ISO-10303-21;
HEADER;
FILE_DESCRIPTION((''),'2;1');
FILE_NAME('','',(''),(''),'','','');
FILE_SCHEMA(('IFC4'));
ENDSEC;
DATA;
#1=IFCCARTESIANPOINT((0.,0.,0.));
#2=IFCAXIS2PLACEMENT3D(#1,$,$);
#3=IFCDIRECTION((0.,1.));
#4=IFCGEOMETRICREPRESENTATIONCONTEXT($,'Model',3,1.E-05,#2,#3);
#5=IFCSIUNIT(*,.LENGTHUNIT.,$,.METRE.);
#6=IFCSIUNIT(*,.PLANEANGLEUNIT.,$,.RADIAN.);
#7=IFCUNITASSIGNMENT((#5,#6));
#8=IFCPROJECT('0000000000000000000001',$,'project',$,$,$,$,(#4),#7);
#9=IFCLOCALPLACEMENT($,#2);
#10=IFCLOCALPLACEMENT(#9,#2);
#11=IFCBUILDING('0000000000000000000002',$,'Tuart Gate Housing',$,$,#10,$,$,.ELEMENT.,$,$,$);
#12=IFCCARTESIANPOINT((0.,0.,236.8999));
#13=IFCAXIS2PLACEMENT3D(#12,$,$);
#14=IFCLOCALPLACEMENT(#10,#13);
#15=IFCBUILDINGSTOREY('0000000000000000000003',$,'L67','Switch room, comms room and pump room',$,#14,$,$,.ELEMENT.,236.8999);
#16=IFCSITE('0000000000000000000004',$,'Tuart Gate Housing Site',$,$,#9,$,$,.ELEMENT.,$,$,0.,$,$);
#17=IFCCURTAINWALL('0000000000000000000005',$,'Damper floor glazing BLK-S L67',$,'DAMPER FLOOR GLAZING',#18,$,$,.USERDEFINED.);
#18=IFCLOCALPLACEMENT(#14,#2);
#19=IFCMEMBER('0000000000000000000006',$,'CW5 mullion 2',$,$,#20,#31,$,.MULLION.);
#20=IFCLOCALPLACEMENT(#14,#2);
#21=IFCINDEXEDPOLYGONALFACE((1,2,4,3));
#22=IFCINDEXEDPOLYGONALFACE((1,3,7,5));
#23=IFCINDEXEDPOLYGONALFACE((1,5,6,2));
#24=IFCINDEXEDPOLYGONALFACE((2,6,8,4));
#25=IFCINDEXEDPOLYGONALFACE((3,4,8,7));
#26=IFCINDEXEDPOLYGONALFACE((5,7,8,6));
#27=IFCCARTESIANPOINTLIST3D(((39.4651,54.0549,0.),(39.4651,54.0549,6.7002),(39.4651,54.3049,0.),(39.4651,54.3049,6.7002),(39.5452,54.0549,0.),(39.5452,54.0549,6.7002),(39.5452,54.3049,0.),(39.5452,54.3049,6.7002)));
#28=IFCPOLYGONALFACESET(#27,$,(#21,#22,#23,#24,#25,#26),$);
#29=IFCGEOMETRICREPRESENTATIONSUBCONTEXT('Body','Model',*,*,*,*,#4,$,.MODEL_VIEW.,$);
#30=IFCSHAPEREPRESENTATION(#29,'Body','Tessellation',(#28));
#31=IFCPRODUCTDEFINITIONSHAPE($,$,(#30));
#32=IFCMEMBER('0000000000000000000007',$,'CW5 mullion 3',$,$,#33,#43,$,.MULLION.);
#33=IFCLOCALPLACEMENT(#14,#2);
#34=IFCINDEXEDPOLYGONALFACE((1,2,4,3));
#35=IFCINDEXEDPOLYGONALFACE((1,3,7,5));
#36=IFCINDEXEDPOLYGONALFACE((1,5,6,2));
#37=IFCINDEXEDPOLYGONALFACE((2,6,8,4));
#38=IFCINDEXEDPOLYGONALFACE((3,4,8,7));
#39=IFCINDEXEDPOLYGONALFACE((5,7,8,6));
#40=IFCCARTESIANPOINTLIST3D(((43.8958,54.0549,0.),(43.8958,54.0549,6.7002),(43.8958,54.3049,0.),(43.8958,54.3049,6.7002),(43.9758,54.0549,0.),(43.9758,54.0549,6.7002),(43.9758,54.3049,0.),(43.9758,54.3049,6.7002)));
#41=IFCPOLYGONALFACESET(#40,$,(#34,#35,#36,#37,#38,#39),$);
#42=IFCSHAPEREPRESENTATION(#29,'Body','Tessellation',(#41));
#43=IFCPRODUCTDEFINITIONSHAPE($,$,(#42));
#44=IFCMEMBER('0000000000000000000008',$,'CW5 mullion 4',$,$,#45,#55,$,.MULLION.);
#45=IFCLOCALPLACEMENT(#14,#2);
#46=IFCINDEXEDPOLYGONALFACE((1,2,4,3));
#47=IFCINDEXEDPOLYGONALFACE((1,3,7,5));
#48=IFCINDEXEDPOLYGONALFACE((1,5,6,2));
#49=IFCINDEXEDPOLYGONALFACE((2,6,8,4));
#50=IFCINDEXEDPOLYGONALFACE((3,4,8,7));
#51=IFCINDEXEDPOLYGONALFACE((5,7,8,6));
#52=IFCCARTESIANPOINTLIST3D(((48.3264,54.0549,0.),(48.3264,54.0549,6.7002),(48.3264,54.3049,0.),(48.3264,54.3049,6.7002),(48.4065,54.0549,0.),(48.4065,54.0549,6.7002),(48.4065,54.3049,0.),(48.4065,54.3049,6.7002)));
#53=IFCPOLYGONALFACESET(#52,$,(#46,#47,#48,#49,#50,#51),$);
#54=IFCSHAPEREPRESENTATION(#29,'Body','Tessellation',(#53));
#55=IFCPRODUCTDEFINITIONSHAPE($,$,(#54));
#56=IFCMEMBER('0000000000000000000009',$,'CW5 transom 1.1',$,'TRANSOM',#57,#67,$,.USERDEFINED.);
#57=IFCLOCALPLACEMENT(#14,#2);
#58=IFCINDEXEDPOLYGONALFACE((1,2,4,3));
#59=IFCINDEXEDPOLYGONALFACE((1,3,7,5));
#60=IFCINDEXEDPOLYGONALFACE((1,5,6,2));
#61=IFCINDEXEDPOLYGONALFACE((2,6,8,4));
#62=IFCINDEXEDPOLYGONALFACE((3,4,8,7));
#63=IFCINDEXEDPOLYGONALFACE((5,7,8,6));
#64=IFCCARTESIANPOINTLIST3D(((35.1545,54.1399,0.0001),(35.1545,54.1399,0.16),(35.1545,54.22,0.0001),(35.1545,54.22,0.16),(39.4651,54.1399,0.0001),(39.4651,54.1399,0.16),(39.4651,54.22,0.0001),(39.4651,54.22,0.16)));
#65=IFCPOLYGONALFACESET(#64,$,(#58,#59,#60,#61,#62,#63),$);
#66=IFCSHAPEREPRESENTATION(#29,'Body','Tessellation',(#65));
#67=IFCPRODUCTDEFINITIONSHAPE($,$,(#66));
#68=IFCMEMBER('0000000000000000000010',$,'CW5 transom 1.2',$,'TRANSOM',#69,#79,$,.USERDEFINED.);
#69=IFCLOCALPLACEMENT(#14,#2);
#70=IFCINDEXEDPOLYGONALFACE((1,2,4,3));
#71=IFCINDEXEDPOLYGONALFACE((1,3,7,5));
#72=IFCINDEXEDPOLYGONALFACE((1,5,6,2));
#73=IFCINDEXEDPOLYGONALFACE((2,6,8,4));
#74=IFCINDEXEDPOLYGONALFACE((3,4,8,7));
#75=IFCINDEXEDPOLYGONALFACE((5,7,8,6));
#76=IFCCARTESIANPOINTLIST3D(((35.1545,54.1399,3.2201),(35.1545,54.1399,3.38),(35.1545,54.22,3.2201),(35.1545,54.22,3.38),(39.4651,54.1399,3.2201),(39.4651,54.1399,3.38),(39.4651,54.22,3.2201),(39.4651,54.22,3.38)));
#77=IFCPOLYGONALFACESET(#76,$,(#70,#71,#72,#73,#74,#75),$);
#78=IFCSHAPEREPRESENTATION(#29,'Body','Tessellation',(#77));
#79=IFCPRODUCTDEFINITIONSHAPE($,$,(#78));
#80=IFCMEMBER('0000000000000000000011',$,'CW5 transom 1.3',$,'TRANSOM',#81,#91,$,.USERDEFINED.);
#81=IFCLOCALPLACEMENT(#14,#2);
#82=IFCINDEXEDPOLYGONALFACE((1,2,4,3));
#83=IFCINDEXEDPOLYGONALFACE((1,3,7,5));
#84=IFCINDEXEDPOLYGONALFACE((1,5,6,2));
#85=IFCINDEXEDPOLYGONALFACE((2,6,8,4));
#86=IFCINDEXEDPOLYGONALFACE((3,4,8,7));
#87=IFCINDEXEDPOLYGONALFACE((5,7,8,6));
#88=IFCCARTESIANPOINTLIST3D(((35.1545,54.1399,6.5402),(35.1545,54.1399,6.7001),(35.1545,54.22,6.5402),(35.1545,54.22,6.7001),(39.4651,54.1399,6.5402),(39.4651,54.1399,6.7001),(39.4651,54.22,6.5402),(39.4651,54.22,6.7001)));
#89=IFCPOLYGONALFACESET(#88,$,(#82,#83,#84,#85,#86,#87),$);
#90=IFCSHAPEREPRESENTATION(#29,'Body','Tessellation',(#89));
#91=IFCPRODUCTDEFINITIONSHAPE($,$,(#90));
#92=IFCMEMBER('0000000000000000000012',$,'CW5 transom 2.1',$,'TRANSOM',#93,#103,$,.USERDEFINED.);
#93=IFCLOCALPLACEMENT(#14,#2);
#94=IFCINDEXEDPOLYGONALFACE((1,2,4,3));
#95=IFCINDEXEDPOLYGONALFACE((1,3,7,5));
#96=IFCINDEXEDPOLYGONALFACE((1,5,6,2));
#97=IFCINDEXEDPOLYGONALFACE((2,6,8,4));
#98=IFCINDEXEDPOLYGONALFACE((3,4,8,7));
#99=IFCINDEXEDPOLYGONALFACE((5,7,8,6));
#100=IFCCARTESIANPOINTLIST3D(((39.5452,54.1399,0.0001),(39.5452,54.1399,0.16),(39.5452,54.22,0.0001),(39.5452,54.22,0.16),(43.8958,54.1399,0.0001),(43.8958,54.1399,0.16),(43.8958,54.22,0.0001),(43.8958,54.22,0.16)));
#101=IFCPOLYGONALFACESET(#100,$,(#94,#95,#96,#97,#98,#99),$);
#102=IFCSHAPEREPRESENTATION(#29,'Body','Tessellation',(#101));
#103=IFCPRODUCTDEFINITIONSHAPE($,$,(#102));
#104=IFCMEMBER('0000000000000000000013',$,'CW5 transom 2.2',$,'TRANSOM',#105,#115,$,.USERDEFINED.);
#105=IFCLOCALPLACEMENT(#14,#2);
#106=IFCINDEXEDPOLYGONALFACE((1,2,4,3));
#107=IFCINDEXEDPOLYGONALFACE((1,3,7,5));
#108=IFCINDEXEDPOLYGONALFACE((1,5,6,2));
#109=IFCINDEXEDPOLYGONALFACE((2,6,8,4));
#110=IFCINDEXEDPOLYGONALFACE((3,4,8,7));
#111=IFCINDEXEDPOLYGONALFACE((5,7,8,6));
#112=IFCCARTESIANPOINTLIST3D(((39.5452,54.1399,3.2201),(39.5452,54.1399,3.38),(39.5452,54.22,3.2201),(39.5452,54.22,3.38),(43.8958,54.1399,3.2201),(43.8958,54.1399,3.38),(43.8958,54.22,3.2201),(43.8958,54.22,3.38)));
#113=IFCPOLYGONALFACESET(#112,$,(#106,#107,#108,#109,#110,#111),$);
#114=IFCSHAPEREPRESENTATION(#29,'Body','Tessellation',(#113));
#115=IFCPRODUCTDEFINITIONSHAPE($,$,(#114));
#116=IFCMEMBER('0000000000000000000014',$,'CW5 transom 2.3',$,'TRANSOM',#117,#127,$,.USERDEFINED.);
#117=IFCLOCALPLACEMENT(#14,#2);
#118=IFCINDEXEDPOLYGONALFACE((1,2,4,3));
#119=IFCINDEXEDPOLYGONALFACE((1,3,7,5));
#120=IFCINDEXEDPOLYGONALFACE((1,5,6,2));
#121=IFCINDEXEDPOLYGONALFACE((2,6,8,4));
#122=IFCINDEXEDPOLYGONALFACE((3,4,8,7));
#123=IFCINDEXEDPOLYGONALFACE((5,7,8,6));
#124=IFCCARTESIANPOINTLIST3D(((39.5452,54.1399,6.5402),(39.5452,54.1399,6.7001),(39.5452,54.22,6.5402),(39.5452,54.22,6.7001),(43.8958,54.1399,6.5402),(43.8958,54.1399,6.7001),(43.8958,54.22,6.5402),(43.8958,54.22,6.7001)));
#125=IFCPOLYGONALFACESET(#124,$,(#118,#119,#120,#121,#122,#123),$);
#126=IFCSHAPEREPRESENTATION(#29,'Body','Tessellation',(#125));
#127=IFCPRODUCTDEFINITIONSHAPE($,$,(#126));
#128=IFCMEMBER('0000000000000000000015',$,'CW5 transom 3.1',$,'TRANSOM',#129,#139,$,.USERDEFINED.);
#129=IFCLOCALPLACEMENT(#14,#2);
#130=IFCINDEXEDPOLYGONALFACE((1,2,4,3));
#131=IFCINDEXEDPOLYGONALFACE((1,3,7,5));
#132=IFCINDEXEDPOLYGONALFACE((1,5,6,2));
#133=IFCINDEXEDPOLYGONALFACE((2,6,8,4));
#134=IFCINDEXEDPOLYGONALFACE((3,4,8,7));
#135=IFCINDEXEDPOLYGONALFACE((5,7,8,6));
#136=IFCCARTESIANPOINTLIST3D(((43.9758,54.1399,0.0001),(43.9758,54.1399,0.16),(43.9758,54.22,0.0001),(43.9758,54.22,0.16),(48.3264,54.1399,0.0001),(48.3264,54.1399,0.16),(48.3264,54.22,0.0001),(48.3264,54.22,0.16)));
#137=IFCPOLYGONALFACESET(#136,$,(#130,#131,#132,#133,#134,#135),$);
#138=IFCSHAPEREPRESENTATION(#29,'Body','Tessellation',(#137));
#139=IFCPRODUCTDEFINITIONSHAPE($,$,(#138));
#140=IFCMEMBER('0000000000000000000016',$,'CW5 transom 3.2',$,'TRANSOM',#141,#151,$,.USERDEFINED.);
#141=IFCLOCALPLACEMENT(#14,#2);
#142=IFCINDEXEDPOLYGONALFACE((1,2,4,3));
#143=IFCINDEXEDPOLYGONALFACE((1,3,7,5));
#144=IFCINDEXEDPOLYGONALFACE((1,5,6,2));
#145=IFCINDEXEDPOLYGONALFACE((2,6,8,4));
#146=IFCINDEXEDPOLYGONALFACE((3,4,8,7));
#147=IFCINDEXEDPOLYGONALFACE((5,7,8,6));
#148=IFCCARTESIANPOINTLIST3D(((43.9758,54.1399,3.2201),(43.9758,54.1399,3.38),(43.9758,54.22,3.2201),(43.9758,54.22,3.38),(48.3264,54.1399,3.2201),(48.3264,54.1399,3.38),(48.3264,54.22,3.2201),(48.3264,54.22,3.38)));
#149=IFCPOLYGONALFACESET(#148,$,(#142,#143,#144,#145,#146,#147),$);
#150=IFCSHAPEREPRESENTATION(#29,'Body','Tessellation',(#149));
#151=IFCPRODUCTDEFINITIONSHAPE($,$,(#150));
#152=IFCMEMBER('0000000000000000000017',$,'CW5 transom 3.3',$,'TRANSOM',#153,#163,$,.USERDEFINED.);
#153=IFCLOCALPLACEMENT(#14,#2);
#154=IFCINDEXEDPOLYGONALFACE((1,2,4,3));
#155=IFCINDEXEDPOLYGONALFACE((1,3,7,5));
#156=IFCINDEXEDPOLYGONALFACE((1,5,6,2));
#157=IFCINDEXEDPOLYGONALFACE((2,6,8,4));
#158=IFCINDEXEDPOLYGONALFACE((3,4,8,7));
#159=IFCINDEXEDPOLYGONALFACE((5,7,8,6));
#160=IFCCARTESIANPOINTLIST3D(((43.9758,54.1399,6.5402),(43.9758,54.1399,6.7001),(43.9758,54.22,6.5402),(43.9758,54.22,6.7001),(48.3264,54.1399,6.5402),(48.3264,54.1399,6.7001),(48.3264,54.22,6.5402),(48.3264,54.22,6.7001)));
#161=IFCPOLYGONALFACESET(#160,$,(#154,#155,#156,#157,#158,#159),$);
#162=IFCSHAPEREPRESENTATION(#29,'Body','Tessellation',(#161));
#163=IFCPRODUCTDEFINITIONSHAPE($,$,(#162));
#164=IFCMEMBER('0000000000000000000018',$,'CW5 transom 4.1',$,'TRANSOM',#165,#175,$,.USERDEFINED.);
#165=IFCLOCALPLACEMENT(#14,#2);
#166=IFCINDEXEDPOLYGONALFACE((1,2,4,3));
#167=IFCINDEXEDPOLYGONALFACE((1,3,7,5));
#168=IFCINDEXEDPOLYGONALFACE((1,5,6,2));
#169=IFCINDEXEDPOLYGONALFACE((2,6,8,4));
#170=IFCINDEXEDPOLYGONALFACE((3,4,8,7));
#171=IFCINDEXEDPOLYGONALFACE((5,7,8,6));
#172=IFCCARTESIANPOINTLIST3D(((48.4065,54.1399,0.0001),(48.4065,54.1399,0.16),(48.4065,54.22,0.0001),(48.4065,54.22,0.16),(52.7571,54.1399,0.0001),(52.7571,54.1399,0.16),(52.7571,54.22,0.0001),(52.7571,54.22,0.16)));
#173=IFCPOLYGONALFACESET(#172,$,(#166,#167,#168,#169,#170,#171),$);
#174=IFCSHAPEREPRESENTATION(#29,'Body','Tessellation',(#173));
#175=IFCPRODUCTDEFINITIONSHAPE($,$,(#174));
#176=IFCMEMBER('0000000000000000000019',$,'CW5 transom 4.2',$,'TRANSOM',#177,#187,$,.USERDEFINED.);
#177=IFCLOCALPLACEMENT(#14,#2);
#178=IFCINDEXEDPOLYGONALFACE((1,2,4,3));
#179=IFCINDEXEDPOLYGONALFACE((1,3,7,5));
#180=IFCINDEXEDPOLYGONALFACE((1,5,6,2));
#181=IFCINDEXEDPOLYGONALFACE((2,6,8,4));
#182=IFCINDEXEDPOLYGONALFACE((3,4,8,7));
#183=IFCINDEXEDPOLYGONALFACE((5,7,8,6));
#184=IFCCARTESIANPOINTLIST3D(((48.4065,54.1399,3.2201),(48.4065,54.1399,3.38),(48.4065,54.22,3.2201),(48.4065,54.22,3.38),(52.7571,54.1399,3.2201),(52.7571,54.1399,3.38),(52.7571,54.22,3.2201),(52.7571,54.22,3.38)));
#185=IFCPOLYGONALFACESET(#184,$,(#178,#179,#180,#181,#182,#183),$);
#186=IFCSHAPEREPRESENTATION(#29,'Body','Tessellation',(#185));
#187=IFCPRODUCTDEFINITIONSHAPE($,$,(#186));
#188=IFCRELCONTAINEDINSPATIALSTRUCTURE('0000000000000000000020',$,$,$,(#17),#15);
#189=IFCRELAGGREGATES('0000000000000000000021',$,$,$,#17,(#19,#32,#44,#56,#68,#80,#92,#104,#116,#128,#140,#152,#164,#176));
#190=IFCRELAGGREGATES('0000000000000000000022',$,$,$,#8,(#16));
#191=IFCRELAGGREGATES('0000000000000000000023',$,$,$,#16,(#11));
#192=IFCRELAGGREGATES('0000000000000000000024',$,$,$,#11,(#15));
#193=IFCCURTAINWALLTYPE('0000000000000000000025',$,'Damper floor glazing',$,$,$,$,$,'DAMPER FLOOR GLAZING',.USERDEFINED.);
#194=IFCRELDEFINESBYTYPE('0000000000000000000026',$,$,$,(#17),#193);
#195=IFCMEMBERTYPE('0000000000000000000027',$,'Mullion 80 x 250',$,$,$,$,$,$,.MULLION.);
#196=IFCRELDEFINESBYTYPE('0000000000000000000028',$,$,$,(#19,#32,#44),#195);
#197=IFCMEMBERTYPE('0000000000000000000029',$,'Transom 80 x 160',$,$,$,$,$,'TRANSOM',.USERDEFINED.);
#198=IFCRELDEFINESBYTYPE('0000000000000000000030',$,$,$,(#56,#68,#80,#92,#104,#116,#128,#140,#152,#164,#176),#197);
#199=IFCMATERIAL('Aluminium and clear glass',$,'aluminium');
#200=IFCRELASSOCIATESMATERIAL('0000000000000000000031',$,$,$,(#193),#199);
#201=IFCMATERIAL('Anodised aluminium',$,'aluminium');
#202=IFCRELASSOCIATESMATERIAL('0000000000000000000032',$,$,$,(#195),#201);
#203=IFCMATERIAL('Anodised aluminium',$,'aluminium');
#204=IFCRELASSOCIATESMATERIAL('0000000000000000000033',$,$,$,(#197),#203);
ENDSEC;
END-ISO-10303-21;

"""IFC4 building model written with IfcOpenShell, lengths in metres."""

from ifc_helpers import new_model, si_unit, direction, frame, origin, origin_2d, place, context, subcontext, project, spatial, rectangle, extrude, material, material_profile, profile_set, type_object, element, aggregate, save


model = new_model("IFC4")

# Units and contexts
model_context = context("Model", 3, precision=1e-05, world=origin(), true_north=direction((0.0, 1.0)))
body_context = subcontext(model_context, "Body", "Model", "MODEL_VIEW")
ifc_project = project(units=[si_unit("LENGTHUNIT", "METRE"), si_unit("PLANEANGLEUNIT", "RADIAN")], contexts=[model_context])

# Site, building, storey
site_placement = place(None, origin())
site = spatial("IfcSite", under=ifc_project, at=site_placement, Name="Tuart Gate Housing Site", CompositionType="ELEMENT", RefElevation=0.0)
building_placement = place(site_placement, origin())
building = spatial("IfcBuilding", under=site, at=building_placement, Name="Tuart Gate Housing", CompositionType="ELEMENT")
storey_placement = place(building_placement, frame((0.0, 0.0, 236.8999)))
storey = spatial("IfcBuildingStorey", under=building, at=storey_placement, Name="L67", Description="Switch room, comms room and pump room", CompositionType="ELEMENT", Elevation=236.8999)

# Curtain wall, members
ifc_material_1 = material(Name="Aluminium and clear glass", Category="aluminium")
curtain_wall_type = type_object("IfcCurtainWallType", Name="Damper floor glazing", ElementType="DAMPER FLOOR GLAZING", PredefinedType="USERDEFINED", material=ifc_material_1)
curtain_wall_placement = place(storey_placement, origin())
curtain_wall = element("IfcCurtainWall", 1, at=curtain_wall_placement, inside=storey, type_object=curtain_wall_type, Name="Damper floor glazing BLK-S L67", ObjectType="DAMPER FLOOR GLAZING", PredefinedType="USERDEFINED")
ifc_material_2 = material(Name="Anodised aluminium", Category="aluminium")
ifc_material_profile_1 = material_profile(ifc_material_2, rectangle(XDim=0.0801, YDim=0.25, at=origin_2d()), Name="80x250")
ifc_profile_set_1 = profile_set([ifc_material_profile_1], Name="Anodised aluminium")
member_type_1 = type_object("IfcMemberType", Name="Mullion 80 x 250", PredefinedType="MULLION", material=ifc_profile_set_1)
member_1_placement = place(storey_placement, frame((39.5051, 54.1799, 0.0), z_axis=(0.0, 0.0, 1.0), x_axis=(1.0, 0.0, 0.0)))
member_1 = element("IfcMember", 2, at=member_1_placement, type_object=member_type_1, Name="CW5 mullion 2", PredefinedType="MULLION", context=body_context, shape_type="SweptSolid", body=[
    extrude(rectangle(XDim=0.0801, YDim=0.25, at=origin_2d()), origin(), (0.0, 0.0, 1.0), 6.7002),
])
member_2_placement = place(storey_placement, frame((43.9358, 54.1799, 0.0), z_axis=(0.0, 0.0, 1.0), x_axis=(1.0, 0.0, 0.0)))
member_2 = element("IfcMember", 3, at=member_2_placement, type_object=member_type_1, Name="CW5 mullion 3", PredefinedType="MULLION", context=body_context, shape_type="SweptSolid", body=[
    extrude(rectangle(XDim=0.0801, YDim=0.25, at=origin_2d()), origin(), (0.0, 0.0, 1.0), 6.7002),
])
member_3_placement = place(storey_placement, frame((48.3665, 54.1799, 0.0), z_axis=(0.0, 0.0, 1.0), x_axis=(1.0, 0.0, 0.0)))
member_3 = element("IfcMember", 4, at=member_3_placement, type_object=member_type_1, Name="CW5 mullion 4", PredefinedType="MULLION", context=body_context, shape_type="SweptSolid", body=[
    extrude(rectangle(XDim=0.0801, YDim=0.25, at=origin_2d()), origin(), (0.0, 0.0, 1.0), 6.7002),
])
ifc_material_3 = material(Name="Anodised aluminium", Category="aluminium")
ifc_material_profile_2 = material_profile(ifc_material_3, rectangle(XDim=0.0801, YDim=0.1599, at=origin_2d()), Name="80x160")
ifc_profile_set_2 = profile_set([ifc_material_profile_2], Name="Anodised aluminium")
member_type_2 = type_object("IfcMemberType", Name="Transom 80 x 160", ElementType="TRANSOM", PredefinedType="USERDEFINED", material=ifc_profile_set_2)
member_4_placement = place(storey_placement, frame((35.1545, 54.1799, 0.0801), z_axis=(1.0, 0.0, 0.0), x_axis=(0.0, 1.0, 0.0)))
member_4 = element("IfcMember", 5, at=member_4_placement, type_object=member_type_2, Name="CW5 transom 1.1", ObjectType="TRANSOM", PredefinedType="USERDEFINED", context=body_context, shape_type="SweptSolid", body=[
    extrude(rectangle(XDim=0.0801, YDim=0.1599, at=origin_2d()), origin(), (0.0, 0.0, 1.0), 4.3105),
])
member_5_placement = place(storey_placement, frame((35.1545, 54.1799, 3.3), z_axis=(1.0, 0.0, 0.0), x_axis=(0.0, 1.0, 0.0)))
member_5 = element("IfcMember", 6, at=member_5_placement, type_object=member_type_2, Name="CW5 transom 1.2", ObjectType="TRANSOM", PredefinedType="USERDEFINED", context=body_context, shape_type="SweptSolid", body=[
    extrude(rectangle(XDim=0.0801, YDim=0.1599, at=origin_2d()), origin(), (0.0, 0.0, 1.0), 4.3105),
])
member_6_placement = place(storey_placement, frame((35.1545, 54.1799, 6.6201), z_axis=(1.0, 0.0, 0.0), x_axis=(0.0, 1.0, 0.0)))
member_6 = element("IfcMember", 7, at=member_6_placement, type_object=member_type_2, Name="CW5 transom 1.3", ObjectType="TRANSOM", PredefinedType="USERDEFINED", context=body_context, shape_type="SweptSolid", body=[
    extrude(rectangle(XDim=0.0801, YDim=0.1599, at=origin_2d()), origin(), (0.0, 0.0, 1.0), 4.3105),
])
member_7_placement = place(storey_placement, frame((39.5452, 54.1799, 0.0801), z_axis=(1.0, 0.0, 0.0), x_axis=(0.0, 1.0, 0.0)))
member_7 = element("IfcMember", 8, at=member_7_placement, type_object=member_type_2, Name="CW5 transom 2.1", ObjectType="TRANSOM", PredefinedType="USERDEFINED", context=body_context, shape_type="SweptSolid", body=[
    extrude(rectangle(XDim=0.0801, YDim=0.1599, at=origin_2d()), origin(), (0.0, 0.0, 1.0), 4.3506),
])
member_8_placement = place(storey_placement, frame((39.5452, 54.1799, 3.3), z_axis=(1.0, 0.0, 0.0), x_axis=(0.0, 1.0, 0.0)))
member_8 = element("IfcMember", 9, at=member_8_placement, type_object=member_type_2, Name="CW5 transom 2.2", ObjectType="TRANSOM", PredefinedType="USERDEFINED", context=body_context, shape_type="SweptSolid", body=[
    extrude(rectangle(XDim=0.0801, YDim=0.1599, at=origin_2d()), origin(), (0.0, 0.0, 1.0), 4.3506),
])
member_9_placement = place(storey_placement, frame((39.5452, 54.1799, 6.6201), z_axis=(1.0, 0.0, 0.0), x_axis=(0.0, 1.0, 0.0)))
member_9 = element("IfcMember", 10, at=member_9_placement, type_object=member_type_2, Name="CW5 transom 2.3", ObjectType="TRANSOM", PredefinedType="USERDEFINED", context=body_context, shape_type="SweptSolid", body=[
    extrude(rectangle(XDim=0.0801, YDim=0.1599, at=origin_2d()), origin(), (0.0, 0.0, 1.0), 4.3506),
])
member_10_placement = place(storey_placement, frame((43.9758, 54.1799, 0.0801), z_axis=(1.0, 0.0, 0.0), x_axis=(0.0, 1.0, 0.0)))
member_10 = element("IfcMember", 11, at=member_10_placement, type_object=member_type_2, Name="CW5 transom 3.1", ObjectType="TRANSOM", PredefinedType="USERDEFINED", context=body_context, shape_type="SweptSolid", body=[
    extrude(rectangle(XDim=0.0801, YDim=0.1599, at=origin_2d()), origin(), (0.0, 0.0, 1.0), 4.3506),
])
member_11_placement = place(storey_placement, frame((43.9758, 54.1799, 3.3), z_axis=(1.0, 0.0, 0.0), x_axis=(0.0, 1.0, 0.0)))
member_11 = element("IfcMember", 12, at=member_11_placement, type_object=member_type_2, Name="CW5 transom 3.2", ObjectType="TRANSOM", PredefinedType="USERDEFINED", context=body_context, shape_type="SweptSolid", body=[
    extrude(rectangle(XDim=0.0801, YDim=0.1599, at=origin_2d()), origin(), (0.0, 0.0, 1.0), 4.3506),
])
member_12_placement = place(storey_placement, frame((43.9758, 54.1799, 6.6201), z_axis=(1.0, 0.0, 0.0), x_axis=(0.0, 1.0, 0.0)))
member_12 = element("IfcMember", 13, at=member_12_placement, type_object=member_type_2, Name="CW5 transom 3.3", ObjectType="TRANSOM", PredefinedType="USERDEFINED", context=body_context, shape_type="SweptSolid", body=[
    extrude(rectangle(XDim=0.0801, YDim=0.1599, at=origin_2d()), origin(), (0.0, 0.0, 1.0), 4.3506),
])
member_13_placement = place(storey_placement, frame((48.4065, 54.1799, 0.0801), z_axis=(1.0, 0.0, 0.0), x_axis=(0.0, 1.0, 0.0)))
member_13 = element("IfcMember", 14, at=member_13_placement, type_object=member_type_2, Name="CW5 transom 4.1", ObjectType="TRANSOM", PredefinedType="USERDEFINED", context=body_context, shape_type="SweptSolid", body=[
    extrude(rectangle(XDim=0.0801, YDim=0.1599, at=origin_2d()), origin(), (0.0, 0.0, 1.0), 4.3506),
])
member_14_placement = place(storey_placement, frame((48.4065, 54.1799, 3.3), z_axis=(1.0, 0.0, 0.0), x_axis=(0.0, 1.0, 0.0)))
member_14 = element("IfcMember", 15, at=member_14_placement, type_object=member_type_2, Name="CW5 transom 4.2", ObjectType="TRANSOM", PredefinedType="USERDEFINED", context=body_context, shape_type="SweptSolid", body=[
    extrude(rectangle(XDim=0.0801, YDim=0.1599, at=origin_2d()), origin(), (0.0, 0.0, 1.0), 4.3506),
])
aggregate(curtain_wall, [member_1, member_2, member_3, member_4, member_5, member_6, member_7, member_8, member_9, member_10, member_11, member_12, member_13, member_14])

save(model, "model.ifc")
